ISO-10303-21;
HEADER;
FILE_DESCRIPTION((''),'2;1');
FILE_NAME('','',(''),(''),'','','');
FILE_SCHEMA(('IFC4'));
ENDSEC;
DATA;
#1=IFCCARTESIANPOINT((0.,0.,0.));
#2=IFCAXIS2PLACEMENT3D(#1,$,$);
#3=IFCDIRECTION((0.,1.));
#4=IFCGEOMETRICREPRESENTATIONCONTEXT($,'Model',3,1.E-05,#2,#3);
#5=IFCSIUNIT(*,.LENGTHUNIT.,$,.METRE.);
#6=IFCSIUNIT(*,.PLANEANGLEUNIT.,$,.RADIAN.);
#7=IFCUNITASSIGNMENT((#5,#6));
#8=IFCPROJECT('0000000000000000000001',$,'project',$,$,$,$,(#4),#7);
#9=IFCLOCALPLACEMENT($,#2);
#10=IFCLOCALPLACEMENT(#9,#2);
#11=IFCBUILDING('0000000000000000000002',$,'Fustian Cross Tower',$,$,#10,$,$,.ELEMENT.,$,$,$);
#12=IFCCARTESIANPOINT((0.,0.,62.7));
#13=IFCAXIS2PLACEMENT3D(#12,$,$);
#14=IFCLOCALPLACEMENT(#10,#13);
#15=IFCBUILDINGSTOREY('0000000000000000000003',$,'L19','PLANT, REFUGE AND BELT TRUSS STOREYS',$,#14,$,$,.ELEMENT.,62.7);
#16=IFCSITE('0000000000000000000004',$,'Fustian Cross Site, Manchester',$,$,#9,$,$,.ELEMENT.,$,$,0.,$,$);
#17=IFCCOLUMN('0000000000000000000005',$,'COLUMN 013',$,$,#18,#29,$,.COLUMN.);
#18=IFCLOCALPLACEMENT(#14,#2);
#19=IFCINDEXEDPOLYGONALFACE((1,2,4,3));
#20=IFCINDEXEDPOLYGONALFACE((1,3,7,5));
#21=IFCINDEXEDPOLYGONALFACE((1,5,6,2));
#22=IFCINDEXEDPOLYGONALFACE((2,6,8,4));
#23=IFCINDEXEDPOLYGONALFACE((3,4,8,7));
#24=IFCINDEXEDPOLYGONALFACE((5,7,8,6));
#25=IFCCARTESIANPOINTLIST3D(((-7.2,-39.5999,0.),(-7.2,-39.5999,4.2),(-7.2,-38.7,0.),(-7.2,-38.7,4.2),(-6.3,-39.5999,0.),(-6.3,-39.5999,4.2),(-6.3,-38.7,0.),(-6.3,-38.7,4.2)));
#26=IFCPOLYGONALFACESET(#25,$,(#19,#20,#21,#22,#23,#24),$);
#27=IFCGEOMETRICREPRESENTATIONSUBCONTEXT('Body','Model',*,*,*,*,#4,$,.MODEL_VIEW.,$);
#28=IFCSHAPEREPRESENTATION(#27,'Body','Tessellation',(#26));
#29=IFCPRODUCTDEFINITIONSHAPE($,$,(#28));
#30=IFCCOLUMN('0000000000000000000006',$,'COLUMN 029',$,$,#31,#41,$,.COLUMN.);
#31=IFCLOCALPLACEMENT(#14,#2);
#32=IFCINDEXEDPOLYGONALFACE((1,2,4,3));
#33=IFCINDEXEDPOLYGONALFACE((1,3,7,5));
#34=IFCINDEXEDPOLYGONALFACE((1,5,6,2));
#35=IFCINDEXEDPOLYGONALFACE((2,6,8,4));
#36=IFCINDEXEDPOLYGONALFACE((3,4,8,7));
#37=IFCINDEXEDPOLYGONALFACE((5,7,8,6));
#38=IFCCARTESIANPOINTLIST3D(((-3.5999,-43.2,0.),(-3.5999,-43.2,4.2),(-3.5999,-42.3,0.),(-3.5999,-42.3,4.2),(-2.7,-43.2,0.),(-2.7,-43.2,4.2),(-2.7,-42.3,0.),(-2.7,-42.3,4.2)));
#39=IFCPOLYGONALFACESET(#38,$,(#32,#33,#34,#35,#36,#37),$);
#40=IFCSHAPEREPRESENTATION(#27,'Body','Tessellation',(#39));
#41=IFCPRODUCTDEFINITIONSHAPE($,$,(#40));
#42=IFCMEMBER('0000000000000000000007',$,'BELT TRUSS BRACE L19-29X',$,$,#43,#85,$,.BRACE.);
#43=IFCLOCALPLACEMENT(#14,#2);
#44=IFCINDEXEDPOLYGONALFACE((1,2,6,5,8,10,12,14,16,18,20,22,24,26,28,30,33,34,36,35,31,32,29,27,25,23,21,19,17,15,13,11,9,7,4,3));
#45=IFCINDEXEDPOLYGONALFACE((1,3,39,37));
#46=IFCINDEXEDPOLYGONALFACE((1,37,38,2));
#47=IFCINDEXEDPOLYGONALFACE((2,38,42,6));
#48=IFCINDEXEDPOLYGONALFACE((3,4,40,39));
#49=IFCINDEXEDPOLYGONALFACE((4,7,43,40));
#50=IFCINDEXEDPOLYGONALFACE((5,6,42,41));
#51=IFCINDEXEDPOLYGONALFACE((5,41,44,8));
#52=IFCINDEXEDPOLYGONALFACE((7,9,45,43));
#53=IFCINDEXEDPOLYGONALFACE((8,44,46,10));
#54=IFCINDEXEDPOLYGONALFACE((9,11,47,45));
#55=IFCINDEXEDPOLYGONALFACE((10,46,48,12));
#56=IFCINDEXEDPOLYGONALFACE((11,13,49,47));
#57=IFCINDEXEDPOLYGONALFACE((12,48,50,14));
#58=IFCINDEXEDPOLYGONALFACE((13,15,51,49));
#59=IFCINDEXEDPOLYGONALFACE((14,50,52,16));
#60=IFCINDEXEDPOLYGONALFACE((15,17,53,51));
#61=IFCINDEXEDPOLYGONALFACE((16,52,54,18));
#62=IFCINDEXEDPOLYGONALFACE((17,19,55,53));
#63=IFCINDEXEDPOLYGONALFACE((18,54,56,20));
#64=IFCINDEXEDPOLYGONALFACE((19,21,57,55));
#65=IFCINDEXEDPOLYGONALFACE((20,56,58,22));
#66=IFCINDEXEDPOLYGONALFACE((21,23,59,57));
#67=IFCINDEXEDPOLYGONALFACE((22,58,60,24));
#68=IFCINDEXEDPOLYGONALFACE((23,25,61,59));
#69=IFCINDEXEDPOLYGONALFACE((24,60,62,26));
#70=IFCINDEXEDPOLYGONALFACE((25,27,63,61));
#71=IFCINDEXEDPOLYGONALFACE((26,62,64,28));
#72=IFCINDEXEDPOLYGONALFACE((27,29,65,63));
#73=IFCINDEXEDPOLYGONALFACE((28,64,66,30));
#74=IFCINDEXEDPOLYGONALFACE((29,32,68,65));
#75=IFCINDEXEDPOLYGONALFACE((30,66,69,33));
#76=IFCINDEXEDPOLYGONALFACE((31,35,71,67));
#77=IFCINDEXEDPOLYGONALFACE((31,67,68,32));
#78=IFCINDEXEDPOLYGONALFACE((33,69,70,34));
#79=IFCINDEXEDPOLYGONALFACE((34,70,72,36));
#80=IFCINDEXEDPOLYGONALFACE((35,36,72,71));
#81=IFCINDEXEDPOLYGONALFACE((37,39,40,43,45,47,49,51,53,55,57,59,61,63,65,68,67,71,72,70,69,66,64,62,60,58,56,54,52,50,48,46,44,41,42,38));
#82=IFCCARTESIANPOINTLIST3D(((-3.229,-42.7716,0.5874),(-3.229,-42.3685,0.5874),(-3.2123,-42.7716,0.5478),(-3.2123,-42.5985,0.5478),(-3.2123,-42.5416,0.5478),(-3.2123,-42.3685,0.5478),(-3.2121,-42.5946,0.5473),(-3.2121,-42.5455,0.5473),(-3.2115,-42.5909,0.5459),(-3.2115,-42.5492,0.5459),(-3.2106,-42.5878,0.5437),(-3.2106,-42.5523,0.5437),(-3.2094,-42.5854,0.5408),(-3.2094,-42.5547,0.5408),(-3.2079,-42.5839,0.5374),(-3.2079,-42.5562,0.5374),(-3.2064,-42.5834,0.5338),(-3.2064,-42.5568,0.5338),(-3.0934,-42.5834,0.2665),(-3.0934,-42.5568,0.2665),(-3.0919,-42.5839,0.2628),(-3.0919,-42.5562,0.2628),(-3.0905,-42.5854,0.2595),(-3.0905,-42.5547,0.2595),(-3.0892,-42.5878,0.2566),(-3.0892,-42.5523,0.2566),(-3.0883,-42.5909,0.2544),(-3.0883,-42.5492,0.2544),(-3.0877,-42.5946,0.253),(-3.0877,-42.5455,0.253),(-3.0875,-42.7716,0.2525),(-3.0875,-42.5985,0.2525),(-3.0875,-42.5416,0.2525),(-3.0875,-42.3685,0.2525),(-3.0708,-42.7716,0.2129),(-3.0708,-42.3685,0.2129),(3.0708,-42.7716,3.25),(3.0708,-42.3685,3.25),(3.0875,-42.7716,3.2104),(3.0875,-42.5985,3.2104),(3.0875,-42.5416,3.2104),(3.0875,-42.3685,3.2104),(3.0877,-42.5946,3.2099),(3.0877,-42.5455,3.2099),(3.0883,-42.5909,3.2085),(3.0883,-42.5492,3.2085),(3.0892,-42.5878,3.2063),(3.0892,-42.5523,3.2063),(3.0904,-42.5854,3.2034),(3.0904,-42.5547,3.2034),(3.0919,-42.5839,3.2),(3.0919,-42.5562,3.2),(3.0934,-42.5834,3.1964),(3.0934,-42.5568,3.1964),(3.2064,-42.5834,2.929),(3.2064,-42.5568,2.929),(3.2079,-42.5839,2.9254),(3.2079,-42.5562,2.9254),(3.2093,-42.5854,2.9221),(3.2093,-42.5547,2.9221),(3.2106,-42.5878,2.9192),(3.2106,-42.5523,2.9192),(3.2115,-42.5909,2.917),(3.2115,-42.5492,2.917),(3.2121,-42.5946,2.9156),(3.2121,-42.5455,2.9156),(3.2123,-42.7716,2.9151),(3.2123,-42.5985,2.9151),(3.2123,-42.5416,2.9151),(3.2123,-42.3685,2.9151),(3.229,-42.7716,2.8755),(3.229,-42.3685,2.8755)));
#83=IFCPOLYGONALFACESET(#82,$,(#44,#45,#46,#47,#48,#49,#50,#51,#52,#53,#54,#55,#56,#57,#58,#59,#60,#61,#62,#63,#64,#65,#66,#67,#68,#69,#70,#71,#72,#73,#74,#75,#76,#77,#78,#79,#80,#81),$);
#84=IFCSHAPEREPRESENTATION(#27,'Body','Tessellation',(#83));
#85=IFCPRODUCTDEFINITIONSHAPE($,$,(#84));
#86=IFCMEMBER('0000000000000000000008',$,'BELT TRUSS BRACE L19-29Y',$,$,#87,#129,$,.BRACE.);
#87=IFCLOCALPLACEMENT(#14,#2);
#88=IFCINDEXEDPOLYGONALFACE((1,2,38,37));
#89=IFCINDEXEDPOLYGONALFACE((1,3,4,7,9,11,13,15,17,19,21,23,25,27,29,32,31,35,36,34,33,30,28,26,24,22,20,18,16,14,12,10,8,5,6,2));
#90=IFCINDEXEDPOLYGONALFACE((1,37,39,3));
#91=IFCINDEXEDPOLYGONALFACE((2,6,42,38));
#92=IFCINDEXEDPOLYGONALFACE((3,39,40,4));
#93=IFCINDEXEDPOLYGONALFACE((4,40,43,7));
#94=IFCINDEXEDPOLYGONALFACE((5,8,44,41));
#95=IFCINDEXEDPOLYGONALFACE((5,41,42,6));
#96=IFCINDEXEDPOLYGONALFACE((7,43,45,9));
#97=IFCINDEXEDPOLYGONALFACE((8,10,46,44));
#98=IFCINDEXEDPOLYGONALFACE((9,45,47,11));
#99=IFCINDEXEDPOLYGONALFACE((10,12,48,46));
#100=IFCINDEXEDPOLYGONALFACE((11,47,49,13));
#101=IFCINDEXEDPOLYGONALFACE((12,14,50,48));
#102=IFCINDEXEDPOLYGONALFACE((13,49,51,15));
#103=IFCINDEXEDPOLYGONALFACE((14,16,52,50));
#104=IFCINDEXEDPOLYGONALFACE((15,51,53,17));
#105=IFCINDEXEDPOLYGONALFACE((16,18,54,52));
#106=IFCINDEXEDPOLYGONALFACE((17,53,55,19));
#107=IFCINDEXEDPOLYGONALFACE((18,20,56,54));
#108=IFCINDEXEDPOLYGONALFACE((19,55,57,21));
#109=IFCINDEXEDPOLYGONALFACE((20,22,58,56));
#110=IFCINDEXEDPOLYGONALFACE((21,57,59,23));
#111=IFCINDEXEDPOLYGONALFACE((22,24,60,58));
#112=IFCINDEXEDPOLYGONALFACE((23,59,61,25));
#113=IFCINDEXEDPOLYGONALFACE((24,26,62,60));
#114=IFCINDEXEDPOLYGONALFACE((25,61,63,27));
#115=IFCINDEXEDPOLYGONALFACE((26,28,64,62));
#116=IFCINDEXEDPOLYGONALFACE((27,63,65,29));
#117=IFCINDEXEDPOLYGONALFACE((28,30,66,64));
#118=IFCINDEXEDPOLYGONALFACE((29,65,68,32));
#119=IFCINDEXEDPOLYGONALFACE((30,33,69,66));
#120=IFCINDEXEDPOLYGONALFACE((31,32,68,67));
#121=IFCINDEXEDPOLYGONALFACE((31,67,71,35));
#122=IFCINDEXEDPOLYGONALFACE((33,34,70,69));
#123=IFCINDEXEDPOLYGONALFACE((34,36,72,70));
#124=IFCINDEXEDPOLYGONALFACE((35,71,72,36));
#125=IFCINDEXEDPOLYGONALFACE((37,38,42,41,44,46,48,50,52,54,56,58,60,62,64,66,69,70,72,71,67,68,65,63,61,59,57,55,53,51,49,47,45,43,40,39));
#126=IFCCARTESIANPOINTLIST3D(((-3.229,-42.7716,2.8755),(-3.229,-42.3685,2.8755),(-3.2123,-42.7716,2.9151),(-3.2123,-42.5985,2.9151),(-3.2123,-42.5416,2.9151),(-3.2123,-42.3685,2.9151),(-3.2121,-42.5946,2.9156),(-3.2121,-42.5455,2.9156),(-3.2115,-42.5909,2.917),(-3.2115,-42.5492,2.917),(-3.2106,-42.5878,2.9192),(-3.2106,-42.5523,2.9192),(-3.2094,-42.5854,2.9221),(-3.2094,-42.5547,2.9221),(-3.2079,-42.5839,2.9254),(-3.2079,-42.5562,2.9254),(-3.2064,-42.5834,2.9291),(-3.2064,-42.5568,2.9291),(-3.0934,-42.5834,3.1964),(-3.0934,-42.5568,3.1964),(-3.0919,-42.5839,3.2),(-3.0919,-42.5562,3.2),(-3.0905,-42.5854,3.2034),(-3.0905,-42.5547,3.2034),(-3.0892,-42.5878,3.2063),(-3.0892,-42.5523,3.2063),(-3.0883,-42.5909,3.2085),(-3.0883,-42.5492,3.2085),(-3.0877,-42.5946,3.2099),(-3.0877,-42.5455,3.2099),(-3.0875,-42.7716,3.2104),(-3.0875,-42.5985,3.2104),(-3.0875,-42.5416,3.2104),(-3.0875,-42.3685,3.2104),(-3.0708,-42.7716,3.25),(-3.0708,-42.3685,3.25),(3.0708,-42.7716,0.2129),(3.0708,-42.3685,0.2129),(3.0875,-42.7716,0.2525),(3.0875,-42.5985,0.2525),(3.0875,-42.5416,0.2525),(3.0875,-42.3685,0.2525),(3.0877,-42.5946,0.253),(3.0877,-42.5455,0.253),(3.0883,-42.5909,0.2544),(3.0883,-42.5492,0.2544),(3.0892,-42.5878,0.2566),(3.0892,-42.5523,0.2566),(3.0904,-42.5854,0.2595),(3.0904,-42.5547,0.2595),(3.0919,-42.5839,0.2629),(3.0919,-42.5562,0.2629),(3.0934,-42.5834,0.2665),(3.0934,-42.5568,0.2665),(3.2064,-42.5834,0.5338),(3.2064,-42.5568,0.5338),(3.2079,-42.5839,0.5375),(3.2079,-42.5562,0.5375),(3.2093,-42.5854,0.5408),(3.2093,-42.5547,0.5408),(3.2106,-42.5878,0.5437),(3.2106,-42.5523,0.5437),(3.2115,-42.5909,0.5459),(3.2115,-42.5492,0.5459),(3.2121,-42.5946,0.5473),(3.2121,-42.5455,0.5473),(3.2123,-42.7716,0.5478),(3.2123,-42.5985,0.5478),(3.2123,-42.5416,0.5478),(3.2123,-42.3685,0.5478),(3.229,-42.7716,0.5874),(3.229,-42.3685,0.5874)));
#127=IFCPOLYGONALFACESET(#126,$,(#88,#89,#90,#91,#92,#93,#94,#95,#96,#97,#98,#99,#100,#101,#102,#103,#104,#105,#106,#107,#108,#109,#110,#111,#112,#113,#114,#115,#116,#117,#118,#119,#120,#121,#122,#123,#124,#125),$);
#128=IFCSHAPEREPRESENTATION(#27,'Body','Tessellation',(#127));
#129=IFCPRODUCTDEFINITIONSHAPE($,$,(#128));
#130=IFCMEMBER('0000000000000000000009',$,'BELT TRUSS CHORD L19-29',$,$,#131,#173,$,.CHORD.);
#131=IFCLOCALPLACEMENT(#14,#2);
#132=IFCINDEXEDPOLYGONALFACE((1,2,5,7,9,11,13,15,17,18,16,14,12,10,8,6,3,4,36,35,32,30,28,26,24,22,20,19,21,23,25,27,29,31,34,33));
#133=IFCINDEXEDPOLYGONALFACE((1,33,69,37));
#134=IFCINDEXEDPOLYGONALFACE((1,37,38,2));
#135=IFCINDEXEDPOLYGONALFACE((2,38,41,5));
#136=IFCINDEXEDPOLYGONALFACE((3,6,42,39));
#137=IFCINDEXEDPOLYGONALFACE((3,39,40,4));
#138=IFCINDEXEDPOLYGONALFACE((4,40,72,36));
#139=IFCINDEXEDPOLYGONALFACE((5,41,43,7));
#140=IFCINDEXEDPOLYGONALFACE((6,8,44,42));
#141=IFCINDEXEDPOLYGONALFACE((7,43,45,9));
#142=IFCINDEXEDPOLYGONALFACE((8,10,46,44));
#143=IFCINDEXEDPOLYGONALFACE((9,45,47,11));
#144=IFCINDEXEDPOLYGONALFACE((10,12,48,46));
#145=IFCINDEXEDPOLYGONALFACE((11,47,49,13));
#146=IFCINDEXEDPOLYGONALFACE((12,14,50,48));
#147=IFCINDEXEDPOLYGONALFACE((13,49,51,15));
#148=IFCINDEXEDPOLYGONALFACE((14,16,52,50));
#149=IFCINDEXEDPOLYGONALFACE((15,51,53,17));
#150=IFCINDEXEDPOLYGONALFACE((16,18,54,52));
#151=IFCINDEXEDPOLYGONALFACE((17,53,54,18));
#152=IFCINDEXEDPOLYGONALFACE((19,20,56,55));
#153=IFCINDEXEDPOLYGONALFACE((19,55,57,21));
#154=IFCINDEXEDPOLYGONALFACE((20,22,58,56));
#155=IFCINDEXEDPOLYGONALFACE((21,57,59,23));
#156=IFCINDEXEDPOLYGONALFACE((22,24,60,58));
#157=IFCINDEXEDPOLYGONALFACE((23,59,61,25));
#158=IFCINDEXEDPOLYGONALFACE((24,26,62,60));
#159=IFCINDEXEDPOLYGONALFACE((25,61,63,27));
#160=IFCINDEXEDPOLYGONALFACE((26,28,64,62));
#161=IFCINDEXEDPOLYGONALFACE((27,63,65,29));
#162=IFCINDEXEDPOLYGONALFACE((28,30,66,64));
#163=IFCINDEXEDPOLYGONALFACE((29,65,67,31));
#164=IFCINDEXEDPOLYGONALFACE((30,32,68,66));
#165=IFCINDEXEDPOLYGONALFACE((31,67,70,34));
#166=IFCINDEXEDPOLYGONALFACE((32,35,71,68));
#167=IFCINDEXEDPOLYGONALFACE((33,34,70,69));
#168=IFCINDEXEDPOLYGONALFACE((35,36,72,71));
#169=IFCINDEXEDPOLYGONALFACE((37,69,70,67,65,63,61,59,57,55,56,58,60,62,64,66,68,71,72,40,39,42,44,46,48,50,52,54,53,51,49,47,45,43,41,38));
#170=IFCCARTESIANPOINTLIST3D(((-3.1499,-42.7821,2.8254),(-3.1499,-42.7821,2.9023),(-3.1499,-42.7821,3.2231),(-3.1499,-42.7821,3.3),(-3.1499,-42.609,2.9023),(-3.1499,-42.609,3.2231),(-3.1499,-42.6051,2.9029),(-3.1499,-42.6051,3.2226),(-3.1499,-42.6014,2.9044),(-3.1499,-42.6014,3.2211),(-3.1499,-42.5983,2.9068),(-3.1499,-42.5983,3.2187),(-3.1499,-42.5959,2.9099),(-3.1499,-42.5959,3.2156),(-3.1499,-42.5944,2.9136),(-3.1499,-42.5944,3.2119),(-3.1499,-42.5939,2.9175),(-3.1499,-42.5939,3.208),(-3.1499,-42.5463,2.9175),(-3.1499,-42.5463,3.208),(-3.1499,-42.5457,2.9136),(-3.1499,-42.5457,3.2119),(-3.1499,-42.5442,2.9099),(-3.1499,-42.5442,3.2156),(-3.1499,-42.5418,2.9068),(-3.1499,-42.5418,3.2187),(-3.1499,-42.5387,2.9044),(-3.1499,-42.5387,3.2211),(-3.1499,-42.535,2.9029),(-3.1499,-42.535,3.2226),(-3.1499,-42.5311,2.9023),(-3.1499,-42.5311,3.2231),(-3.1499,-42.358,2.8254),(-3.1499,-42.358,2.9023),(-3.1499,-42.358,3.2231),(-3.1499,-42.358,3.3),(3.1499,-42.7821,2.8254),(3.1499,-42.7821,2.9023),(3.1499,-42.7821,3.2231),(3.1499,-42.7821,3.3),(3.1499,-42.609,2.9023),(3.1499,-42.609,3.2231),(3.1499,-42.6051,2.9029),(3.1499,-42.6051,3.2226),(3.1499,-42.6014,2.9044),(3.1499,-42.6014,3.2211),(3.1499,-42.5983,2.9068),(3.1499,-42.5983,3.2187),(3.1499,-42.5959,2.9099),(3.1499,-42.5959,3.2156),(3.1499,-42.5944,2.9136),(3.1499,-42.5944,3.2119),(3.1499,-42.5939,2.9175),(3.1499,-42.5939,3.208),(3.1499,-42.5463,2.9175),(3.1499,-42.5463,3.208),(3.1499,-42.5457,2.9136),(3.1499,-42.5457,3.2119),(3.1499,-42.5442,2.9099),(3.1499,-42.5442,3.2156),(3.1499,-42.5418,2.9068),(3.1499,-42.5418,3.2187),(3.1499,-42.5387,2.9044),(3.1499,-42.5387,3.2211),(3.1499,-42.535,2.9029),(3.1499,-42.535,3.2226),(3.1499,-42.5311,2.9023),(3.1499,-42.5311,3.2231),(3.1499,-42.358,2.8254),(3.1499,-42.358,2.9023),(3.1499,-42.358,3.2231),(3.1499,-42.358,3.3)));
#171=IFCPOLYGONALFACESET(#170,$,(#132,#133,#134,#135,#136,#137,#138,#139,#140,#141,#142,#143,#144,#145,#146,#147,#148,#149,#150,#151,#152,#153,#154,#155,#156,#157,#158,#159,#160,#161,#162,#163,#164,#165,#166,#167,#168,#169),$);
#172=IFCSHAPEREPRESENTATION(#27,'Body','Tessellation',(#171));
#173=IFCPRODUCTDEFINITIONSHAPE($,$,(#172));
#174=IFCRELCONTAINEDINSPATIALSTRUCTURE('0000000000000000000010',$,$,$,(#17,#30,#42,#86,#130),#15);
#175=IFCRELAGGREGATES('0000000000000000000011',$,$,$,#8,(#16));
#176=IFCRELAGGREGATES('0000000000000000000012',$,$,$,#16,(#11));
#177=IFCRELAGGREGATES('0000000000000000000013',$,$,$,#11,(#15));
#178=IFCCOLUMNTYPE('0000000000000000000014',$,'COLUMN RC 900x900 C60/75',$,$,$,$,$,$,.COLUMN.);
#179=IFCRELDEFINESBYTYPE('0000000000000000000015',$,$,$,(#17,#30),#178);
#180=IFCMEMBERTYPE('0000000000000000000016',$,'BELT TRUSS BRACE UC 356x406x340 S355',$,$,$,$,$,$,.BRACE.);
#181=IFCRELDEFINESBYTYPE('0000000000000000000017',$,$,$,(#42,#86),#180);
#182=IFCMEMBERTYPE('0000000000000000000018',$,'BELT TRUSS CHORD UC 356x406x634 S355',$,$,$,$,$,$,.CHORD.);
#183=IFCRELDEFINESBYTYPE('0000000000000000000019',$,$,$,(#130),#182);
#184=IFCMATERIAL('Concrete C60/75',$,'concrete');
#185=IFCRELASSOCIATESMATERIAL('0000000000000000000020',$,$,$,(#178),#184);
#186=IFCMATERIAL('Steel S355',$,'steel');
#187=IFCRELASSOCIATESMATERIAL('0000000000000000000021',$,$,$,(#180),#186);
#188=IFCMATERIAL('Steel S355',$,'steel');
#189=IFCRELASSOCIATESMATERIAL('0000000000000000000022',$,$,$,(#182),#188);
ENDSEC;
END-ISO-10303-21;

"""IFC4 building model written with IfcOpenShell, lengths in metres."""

from ifc_helpers import new_model, si_unit, direction, frame, origin, origin_2d, place, context, subcontext, project, spatial, rectangle, i_section, extrude, material, material_profile, profile_set, type_object, element, save


model = new_model("IFC4")

# Units and contexts
model_context = context("Model", 3, precision=1e-05, world=origin(), true_north=direction((0.0, 1.0)))
body_context = subcontext(model_context, "Body", "Model", "MODEL_VIEW")
ifc_project = project(units=[si_unit("LENGTHUNIT", "METRE"), si_unit("PLANEANGLEUNIT", "RADIAN")], contexts=[model_context])

# Site, building, storey
site_placement = place(None, origin())
site = spatial("IfcSite", under=ifc_project, at=site_placement, Name="Fustian Cross Site, Manchester", CompositionType="ELEMENT", RefElevation=0.0)
building_placement = place(site_placement, origin())
building = spatial("IfcBuilding", under=site, at=building_placement, Name="Fustian Cross Tower", CompositionType="ELEMENT")
storey_placement = place(building_placement, frame((0.0, 0.0, 62.7)))
storey = spatial("IfcBuildingStorey", under=building, at=storey_placement, Name="L19", Description="PLANT, REFUGE AND BELT TRUSS STOREYS", CompositionType="ELEMENT", Elevation=62.7)

# Columns
ifc_material_1 = material(Name="Concrete C60/75", Category="concrete")
ifc_material_profile_1 = material_profile(ifc_material_1, rectangle(XDim=0.8999, YDim=0.8999, at=origin_2d()), Name="RC 900x900")
ifc_profile_set_1 = profile_set([ifc_material_profile_1], Name="Concrete C60/75")
column_type = type_object("IfcColumnType", Name="COLUMN RC 900x900 C60/75", PredefinedType="COLUMN", material=ifc_profile_set_1)
for number, where, z_axis, x_axis, name in (
    (1, (-6.75, -39.1499, 0.0), (0.0, 0.0, 1.0), (1.0, 0.0, 0.0), "COLUMN 013"),
    (2, (-3.1499, -42.75, 0.0), (0.0, 0.0, 1.0), (1.0, 0.0, 0.0), "COLUMN 029"),
):
    element("IfcColumn", number, at=place(storey_placement, frame(where, z_axis=z_axis, x_axis=x_axis)), inside=storey, type_object=column_type, Name=name, PredefinedType="COLUMN", context=body_context, shape_type="SweptSolid", body=[
        extrude(rectangle(XDim=0.8999, YDim=0.8999, at=origin_2d()), origin(), (0.0, 0.0, 1.0), 4.2),
    ])

# Members
ifc_material_2 = material(Name="Steel S355", Category="steel")
ifc_material_profile_2 = material_profile(ifc_material_2, i_section(OverallWidth=0.4031, OverallDepth=0.4065, WebThickness=0.0266, FlangeThickness=0.043, FilletRadius=0.0151, at=origin_2d()), Name="UC 356x406x340")
ifc_profile_set_2 = profile_set([ifc_material_profile_2], Name="Steel S355")
member_type_1 = type_object("IfcMemberType", Name="BELT TRUSS BRACE UC 356x406x340 S355", PredefinedType="BRACE", material=ifc_profile_set_2)
for number, where, z_axis, x_axis, name in (
    (3, (-3.1499, -42.5701, 0.4001), (0.921109, 0.0, 0.389305), (0.0, 1.0, 0.0), "BELT TRUSS BRACE L19-29X"),
    (4, (-3.1499, -42.5701, 3.0627), (0.921109, 0.0, -0.389305), (0.0, 1.0, 0.0), "BELT TRUSS BRACE L19-29Y"),
):
    element("IfcMember", number, at=place(storey_placement, frame(where, z_axis=z_axis, x_axis=x_axis)), inside=storey, type_object=member_type_1, Name=name, PredefinedType="BRACE", context=body_context, shape_type="SweptSolid", body=[
        extrude(i_section(OverallWidth=0.4031, OverallDepth=0.4065, WebThickness=0.0266, FlangeThickness=0.043, FilletRadius=0.0151, at=origin_2d()), origin(), (0.0, 0.0, 1.0), 6.8394),
    ])
ifc_material_3 = material(Name="Steel S355", Category="steel")
ifc_material_profile_3 = material_profile(ifc_material_3, i_section(OverallWidth=0.4241, OverallDepth=0.4746, WebThickness=0.0476, FlangeThickness=0.0769, FilletRadius=0.0151, at=origin_2d()), Name="UC 356x406x634")
ifc_profile_set_3 = profile_set([ifc_material_profile_3], Name="Steel S355")
member_type_2 = type_object("IfcMemberType", Name="BELT TRUSS CHORD UC 356x406x634 S355", PredefinedType="CHORD", material=ifc_profile_set_3)
for number, where, z_axis, x_axis, name in (
    (5, (-3.1499, -42.5701, 3.0627), (1.0, 0.0, 0.0), (0.0, 1.0, 0.0), "BELT TRUSS CHORD L19-29"),
):
    element("IfcMember", number, at=place(storey_placement, frame(where, z_axis=z_axis, x_axis=x_axis)), inside=storey, type_object=member_type_2, Name=name, PredefinedType="CHORD", context=body_context, shape_type="SweptSolid", body=[
        extrude(i_section(OverallWidth=0.4241, OverallDepth=0.4746, WebThickness=0.0476, FlangeThickness=0.0769, FilletRadius=0.0151, at=origin_2d()), origin(), (0.0, 0.0, 1.0), 6.2998),
    ])

save(model, "model.ifc")
